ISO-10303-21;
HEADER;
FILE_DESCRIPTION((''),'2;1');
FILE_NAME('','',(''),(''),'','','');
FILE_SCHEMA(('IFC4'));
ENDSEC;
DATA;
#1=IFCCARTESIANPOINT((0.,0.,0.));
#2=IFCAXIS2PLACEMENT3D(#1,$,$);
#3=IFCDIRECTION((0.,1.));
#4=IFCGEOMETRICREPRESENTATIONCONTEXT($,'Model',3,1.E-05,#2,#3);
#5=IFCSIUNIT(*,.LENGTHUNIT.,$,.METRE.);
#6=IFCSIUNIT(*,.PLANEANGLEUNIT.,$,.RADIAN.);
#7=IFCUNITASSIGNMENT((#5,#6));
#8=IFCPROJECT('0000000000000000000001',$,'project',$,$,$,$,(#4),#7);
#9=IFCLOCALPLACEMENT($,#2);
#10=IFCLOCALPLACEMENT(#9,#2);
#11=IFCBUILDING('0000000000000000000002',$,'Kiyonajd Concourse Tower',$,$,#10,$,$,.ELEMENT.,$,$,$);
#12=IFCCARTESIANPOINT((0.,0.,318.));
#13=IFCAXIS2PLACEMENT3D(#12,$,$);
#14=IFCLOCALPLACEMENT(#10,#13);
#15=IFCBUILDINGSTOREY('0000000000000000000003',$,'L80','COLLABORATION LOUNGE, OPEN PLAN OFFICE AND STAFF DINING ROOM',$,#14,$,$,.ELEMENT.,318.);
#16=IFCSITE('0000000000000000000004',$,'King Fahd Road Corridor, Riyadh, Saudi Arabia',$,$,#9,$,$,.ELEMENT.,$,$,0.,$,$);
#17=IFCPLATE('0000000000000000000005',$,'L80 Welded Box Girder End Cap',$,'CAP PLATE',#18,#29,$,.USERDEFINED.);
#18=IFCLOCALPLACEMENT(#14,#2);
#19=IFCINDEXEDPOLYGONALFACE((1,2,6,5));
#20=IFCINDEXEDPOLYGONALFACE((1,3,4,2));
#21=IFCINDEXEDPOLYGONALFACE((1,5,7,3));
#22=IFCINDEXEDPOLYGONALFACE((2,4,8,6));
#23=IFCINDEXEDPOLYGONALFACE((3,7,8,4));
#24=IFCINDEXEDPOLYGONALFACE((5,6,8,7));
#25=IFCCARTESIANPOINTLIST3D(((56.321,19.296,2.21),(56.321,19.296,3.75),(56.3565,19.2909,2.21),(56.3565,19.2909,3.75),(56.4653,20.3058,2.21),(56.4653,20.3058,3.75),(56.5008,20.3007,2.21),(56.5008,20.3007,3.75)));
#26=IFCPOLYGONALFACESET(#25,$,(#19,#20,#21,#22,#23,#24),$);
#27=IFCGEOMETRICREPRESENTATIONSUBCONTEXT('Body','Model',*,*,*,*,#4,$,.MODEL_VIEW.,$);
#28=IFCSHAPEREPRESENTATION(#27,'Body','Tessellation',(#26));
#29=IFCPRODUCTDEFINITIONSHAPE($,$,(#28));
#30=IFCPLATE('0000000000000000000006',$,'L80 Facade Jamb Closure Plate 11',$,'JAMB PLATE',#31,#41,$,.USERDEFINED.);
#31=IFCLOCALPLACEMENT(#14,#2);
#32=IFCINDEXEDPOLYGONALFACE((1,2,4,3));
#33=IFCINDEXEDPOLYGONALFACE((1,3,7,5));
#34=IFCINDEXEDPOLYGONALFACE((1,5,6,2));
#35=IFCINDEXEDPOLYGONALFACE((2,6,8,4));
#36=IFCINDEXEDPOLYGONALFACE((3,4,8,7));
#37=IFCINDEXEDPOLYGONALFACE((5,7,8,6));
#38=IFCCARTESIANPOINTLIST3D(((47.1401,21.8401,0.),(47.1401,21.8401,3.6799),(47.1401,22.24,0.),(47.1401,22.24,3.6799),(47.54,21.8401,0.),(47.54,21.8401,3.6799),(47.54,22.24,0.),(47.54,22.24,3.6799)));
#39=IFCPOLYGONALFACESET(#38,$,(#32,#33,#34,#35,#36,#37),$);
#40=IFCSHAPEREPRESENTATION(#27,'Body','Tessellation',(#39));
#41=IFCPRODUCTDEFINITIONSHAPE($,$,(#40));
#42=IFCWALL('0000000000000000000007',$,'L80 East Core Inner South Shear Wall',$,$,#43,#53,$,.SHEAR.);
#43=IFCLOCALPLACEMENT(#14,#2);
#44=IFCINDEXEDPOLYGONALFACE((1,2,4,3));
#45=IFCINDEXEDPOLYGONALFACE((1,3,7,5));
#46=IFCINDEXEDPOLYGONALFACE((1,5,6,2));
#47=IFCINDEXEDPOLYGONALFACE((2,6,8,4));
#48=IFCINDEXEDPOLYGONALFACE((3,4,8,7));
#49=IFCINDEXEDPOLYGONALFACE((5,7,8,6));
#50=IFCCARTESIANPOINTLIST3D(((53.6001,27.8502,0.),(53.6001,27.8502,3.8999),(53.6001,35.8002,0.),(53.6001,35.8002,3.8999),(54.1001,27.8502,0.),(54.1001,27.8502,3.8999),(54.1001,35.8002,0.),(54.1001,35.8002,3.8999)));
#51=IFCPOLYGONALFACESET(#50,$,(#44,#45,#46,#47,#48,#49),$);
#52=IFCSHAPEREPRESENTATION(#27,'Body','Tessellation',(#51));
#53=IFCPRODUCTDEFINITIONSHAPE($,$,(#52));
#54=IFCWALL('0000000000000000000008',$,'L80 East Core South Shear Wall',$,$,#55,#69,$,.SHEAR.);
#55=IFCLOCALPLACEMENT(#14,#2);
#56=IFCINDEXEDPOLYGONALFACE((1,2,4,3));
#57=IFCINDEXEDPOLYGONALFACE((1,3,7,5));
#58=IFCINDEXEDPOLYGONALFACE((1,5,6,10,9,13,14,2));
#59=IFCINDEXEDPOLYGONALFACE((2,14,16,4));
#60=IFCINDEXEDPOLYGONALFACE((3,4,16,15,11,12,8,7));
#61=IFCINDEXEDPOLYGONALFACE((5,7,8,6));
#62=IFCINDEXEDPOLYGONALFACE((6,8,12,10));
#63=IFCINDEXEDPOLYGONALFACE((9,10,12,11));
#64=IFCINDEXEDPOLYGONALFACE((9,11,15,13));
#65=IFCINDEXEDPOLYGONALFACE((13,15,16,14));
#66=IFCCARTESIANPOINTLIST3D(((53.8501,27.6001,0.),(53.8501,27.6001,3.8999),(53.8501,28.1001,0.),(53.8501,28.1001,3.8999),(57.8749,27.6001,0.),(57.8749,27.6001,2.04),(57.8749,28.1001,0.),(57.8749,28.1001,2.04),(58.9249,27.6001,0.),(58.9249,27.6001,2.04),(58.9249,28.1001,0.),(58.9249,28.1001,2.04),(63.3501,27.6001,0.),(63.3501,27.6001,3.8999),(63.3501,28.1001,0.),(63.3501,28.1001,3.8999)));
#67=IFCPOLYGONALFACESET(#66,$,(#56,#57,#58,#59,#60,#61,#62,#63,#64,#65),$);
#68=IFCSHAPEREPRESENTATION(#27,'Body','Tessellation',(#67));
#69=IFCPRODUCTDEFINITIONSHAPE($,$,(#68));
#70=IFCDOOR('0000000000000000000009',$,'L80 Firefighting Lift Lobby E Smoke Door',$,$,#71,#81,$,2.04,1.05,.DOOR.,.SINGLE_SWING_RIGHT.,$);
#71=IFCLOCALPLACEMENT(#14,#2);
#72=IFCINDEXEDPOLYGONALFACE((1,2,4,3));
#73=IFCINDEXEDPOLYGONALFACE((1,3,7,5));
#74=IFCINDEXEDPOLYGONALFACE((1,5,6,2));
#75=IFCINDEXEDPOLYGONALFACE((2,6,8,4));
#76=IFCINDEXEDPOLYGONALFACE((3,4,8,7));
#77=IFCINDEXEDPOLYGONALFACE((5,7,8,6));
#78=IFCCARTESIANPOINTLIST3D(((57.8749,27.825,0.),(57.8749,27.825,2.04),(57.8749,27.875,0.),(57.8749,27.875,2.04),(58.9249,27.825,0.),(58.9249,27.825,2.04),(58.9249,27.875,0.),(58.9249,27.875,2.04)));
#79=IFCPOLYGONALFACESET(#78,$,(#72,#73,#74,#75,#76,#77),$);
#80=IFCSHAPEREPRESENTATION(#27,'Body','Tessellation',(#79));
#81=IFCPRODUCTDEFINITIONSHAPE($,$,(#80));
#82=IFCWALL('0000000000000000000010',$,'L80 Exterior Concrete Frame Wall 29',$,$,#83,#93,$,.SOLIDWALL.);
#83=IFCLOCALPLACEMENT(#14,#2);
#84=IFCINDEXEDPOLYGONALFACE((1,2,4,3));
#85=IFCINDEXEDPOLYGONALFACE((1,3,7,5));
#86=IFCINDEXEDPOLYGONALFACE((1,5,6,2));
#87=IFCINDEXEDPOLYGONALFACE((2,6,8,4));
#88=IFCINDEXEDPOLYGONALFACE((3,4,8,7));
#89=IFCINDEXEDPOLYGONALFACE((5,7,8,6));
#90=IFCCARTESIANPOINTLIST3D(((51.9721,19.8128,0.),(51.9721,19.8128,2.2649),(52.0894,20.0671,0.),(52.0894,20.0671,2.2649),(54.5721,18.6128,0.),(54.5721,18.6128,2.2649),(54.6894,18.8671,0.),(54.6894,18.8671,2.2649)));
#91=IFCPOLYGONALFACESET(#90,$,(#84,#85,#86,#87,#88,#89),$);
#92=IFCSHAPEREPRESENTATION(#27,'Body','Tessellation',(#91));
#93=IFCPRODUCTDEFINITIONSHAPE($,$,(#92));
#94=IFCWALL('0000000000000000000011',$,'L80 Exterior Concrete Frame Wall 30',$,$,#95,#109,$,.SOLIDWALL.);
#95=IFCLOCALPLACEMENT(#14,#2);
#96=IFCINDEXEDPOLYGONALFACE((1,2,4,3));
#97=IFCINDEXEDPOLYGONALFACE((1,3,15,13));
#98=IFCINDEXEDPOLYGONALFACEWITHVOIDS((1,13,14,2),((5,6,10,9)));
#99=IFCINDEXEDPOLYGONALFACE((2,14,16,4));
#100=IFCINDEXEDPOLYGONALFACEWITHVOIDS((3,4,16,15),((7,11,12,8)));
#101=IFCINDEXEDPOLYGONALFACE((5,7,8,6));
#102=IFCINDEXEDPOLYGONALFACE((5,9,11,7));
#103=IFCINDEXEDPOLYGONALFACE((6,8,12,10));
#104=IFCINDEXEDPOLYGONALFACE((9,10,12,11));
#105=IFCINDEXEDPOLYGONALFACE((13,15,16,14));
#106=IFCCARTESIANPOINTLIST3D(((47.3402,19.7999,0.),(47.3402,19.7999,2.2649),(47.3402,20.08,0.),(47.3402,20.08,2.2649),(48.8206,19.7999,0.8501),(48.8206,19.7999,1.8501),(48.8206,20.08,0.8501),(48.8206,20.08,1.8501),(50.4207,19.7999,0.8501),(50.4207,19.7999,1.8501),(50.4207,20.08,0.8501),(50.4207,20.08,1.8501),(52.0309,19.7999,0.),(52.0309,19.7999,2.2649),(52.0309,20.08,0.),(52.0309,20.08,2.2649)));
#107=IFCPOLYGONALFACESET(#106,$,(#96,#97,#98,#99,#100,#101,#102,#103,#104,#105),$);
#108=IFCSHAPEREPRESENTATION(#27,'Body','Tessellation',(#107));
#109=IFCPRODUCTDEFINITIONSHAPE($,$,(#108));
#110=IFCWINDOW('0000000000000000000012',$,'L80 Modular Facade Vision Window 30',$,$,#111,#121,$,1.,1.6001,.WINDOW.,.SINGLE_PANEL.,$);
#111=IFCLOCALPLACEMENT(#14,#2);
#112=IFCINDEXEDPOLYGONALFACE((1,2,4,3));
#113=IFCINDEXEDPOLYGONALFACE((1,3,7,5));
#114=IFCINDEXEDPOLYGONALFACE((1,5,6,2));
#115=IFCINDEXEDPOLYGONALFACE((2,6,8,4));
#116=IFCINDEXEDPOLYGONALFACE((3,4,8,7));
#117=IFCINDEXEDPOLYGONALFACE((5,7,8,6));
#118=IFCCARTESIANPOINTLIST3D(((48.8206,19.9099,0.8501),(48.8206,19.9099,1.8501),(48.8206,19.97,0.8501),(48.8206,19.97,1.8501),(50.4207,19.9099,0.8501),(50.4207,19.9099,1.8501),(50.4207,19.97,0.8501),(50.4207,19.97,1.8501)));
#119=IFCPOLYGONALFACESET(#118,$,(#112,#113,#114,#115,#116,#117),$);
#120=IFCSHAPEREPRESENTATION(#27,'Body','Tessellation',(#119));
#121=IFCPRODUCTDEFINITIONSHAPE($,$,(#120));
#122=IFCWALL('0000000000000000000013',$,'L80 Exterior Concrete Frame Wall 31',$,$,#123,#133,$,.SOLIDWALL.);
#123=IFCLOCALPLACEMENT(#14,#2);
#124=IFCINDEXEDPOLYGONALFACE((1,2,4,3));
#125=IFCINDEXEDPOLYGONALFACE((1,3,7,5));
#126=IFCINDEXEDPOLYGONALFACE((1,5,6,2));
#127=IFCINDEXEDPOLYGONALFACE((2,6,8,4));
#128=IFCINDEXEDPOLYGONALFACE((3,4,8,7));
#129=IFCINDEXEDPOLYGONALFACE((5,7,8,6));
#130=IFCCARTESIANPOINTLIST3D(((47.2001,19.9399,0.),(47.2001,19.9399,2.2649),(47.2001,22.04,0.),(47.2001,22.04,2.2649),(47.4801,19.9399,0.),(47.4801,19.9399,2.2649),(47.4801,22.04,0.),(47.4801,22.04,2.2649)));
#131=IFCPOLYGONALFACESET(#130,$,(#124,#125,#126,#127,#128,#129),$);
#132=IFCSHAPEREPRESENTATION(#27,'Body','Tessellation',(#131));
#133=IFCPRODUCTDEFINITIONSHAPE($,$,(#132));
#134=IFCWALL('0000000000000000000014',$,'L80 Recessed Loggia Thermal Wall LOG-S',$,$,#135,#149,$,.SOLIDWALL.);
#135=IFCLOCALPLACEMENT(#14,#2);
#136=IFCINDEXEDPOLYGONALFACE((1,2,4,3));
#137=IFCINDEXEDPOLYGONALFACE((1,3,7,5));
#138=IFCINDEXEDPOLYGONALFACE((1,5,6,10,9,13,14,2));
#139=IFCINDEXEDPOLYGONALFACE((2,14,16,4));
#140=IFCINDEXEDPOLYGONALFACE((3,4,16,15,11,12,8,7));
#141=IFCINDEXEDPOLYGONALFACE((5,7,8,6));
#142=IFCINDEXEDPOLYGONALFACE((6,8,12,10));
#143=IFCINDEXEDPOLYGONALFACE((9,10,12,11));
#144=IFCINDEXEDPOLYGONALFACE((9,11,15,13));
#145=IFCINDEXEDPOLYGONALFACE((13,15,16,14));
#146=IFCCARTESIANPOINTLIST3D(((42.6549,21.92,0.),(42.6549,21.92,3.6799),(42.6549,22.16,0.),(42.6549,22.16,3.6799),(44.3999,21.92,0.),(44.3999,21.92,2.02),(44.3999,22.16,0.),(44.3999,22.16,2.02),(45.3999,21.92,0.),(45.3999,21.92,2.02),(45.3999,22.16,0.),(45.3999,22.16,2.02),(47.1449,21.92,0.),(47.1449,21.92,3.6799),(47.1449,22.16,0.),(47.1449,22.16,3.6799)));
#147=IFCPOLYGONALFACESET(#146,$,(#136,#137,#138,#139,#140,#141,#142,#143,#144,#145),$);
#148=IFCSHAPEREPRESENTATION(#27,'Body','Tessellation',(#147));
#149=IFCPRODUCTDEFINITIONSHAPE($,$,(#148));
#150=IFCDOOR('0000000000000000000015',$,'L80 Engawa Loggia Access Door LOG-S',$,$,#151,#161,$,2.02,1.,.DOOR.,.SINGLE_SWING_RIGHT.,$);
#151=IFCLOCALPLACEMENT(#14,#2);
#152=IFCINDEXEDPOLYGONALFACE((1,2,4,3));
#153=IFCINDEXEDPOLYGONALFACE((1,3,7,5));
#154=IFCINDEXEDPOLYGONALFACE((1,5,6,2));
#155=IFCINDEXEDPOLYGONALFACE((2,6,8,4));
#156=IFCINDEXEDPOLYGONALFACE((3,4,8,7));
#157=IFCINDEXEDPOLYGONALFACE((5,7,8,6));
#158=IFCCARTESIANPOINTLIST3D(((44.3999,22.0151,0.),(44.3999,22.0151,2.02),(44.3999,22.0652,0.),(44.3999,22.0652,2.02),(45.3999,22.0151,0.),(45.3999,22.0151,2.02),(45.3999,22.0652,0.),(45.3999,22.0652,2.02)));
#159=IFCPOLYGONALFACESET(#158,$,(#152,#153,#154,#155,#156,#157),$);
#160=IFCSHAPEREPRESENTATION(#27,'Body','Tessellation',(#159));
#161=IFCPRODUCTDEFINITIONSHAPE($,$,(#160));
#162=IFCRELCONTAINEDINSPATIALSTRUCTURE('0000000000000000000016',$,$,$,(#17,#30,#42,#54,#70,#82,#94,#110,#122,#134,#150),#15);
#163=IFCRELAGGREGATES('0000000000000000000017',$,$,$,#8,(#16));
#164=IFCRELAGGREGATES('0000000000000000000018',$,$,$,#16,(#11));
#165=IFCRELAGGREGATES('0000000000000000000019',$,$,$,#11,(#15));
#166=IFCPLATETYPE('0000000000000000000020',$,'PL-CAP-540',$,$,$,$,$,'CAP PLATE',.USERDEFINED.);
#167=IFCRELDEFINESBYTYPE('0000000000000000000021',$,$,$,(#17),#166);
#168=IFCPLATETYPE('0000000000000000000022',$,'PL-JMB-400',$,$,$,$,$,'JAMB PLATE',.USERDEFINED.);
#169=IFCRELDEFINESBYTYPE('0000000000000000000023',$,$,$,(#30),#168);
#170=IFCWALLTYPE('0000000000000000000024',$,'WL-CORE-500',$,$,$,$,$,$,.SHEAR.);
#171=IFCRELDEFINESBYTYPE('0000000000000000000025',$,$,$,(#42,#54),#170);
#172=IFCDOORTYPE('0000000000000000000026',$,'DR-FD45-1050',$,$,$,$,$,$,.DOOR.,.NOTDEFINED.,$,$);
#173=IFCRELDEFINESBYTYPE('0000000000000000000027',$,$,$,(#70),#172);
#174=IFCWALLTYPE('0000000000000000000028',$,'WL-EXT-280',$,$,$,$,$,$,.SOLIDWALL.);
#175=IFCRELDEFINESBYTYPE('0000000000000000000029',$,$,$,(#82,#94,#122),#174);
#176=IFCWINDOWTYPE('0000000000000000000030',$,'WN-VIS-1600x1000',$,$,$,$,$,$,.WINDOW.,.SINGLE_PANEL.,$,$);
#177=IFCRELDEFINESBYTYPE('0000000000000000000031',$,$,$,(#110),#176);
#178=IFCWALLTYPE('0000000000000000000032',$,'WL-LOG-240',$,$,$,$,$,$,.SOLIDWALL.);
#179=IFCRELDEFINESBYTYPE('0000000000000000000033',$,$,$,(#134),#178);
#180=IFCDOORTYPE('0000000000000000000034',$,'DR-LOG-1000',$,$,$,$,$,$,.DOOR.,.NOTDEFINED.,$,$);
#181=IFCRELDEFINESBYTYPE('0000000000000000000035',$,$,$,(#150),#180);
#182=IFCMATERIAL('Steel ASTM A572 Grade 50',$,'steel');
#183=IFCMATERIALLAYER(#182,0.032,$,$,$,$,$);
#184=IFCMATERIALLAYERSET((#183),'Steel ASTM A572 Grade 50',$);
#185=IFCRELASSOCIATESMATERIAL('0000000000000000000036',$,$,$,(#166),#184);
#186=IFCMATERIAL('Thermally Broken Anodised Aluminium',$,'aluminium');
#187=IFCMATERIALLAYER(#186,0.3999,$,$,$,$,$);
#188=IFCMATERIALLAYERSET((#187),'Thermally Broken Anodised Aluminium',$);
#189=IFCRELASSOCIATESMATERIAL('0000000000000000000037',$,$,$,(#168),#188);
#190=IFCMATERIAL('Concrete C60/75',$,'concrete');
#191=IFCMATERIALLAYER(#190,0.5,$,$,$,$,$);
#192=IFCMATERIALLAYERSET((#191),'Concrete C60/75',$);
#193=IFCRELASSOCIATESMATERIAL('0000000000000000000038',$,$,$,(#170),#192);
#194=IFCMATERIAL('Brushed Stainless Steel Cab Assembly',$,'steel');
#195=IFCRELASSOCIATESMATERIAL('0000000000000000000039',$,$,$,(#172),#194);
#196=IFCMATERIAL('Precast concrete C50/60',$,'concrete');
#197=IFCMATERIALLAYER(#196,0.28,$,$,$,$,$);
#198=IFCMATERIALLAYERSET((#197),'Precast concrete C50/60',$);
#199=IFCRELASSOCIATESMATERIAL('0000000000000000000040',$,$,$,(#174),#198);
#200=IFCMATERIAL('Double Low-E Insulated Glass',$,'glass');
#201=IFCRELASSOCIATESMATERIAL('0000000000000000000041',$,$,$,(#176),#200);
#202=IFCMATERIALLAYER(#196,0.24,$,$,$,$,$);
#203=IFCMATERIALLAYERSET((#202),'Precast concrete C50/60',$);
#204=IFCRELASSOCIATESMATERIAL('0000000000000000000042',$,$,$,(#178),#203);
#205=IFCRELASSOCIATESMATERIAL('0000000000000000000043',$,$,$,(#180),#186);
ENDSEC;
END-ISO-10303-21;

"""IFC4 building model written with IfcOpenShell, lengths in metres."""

from ifc_helpers import new_model, si_unit, direction, frame, frame_2d, origin, origin_2d, place, context, subcontext, project, spatial, rectangle, extrude, material, layer, layer_set, type_object, element, fill, save


model = new_model("IFC4")

# Units and contexts
model_context = context("Model", 3, precision=1e-05, world=origin(), true_north=direction((0.0, 1.0)))
body_context = subcontext(model_context, "Body", "Model", "MODEL_VIEW")
ifc_project = project(units=[si_unit("LENGTHUNIT", "METRE"), si_unit("PLANEANGLEUNIT", "RADIAN")], contexts=[model_context])

# Site, building, storey
site_placement = place(None, origin())
site = spatial("IfcSite", under=ifc_project, at=site_placement, Name="King Fahd Road Corridor, Riyadh, Saudi Arabia", CompositionType="ELEMENT", RefElevation=0.0)
building_placement = place(site_placement, origin())
building = spatial("IfcBuilding", under=site, at=building_placement, Name="Kiyonajd Concourse Tower", CompositionType="ELEMENT")
storey_placement = place(building_placement, frame((0.0, 0.0, 318.0)))
storey = spatial("IfcBuildingStorey", under=building, at=storey_placement, Name="L80", Description="COLLABORATION LOUNGE, OPEN PLAN OFFICE AND STAFF DINING ROOM", CompositionType="ELEMENT", Elevation=318.0)

# Shared definitions
ifc_material_1 = material(Name="Concrete C60/75", Category="concrete")

# Shared definitions
ifc_material_2 = material(Name="Steel ASTM A572 Grade 50", Category="steel")

# Plates
ifc_layer_1 = layer(ifc_material_2, 0.032)
ifc_layer_set_1 = layer_set([ifc_layer_1], Name="Steel ASTM A572 Grade 50")
plate_type_1 = type_object("IfcPlateType", Name="PL-CAP-540", ElementType="CAP PLATE", PredefinedType="USERDEFINED", material=ifc_layer_set_1)
for number, where, z_axis, x_axis, name in (
    (1, (56.4109, 19.7983, 2.21), (0.0, 0.0, 1.0), (0.98995, -0.14142, 0.0), "L80 Welded Box Girder End Cap"),
):
    element("IfcPlate", number, at=place(storey_placement, frame(where, z_axis=z_axis, x_axis=x_axis)), inside=storey, type_object=plate_type_1, Name=name, ObjectType="CAP PLATE", PredefinedType="USERDEFINED", context=body_context, shape_type="SweptSolid", body=[
        extrude(rectangle(XDim=0.0359, YDim=1.02, at=origin_2d()), origin(), (0.0, 0.0, 1.0), 1.54),
    ])
ifc_material_3 = material(Name="Thermally Broken Anodised Aluminium", Category="aluminium")
ifc_layer_2 = layer(ifc_material_3, 0.3999)
ifc_layer_set_2 = layer_set([ifc_layer_2], Name="Thermally Broken Anodised Aluminium")
plate_type_2 = type_object("IfcPlateType", Name="PL-JMB-400", ElementType="JAMB PLATE", PredefinedType="USERDEFINED", material=ifc_layer_set_2)
plate_placement = place(storey_placement, frame((47.3401, 22.04, 0.0), z_axis=(0.0, 0.0, 1.0), x_axis=(1.0, 0.0, 0.0)))
element("IfcPlate", 2, at=plate_placement, inside=storey, type_object=plate_type_2, Name="L80 Facade Jamb Closure Plate 11", ObjectType="JAMB PLATE", PredefinedType="USERDEFINED", context=body_context, shape_type="SweptSolid", body=[
    extrude(rectangle(XDim=0.3999, YDim=0.3999, at=origin_2d()), origin(), (0.0, 0.0, 1.0), 3.6799),
])

# Wall
ifc_layer_3 = layer(ifc_material_1, 0.5)
ifc_layer_set_3 = layer_set([ifc_layer_3], Name="Concrete C60/75")
wall_type_1 = type_object("IfcWallType", Name="WL-CORE-500", PredefinedType="SHEAR", material=ifc_layer_set_3)
wall_1_placement = place(storey_placement, frame((53.8501, 27.8501, 0.0), z_axis=(0.0, 0.0, 1.0), x_axis=(0.0, 1.0, 0.0)))
element("IfcWall", 3, at=wall_1_placement, inside=storey, type_object=wall_type_1, Name="L80 East Core Inner South Shear Wall", PredefinedType="SHEAR", context=body_context, shape_type="SweptSolid", body=[
    extrude(rectangle(XDim=7.95, YDim=0.5, at=frame_2d((3.9751, 0.0))), origin(), (0.0, 0.0, 1.0), 3.8999),
])

# Wall, opening, door
wall_2_placement = place(storey_placement, frame((53.8501, 27.8501, 0.0), z_axis=(0.0, 0.0, 1.0), x_axis=(1.0, 0.0, 0.0)))
wall_2 = element("IfcWall", 4, at=wall_2_placement, inside=storey, type_object=wall_type_1, Name="L80 East Core South Shear Wall", PredefinedType="SHEAR", context=body_context, shape_type="SweptSolid", body=[
    extrude(rectangle(XDim=9.5, YDim=0.5, at=frame_2d((4.75, 0.0))), origin(), (0.0, 0.0, 1.0), 3.8999),
])
opening_1_placement = place(wall_2_placement, frame((4.0249, 0.0, 0.0)))
opening_1 = element("IfcOpeningElement", 5, at=opening_1_placement, cuts=wall_2, PredefinedType="OPENING", context=body_context, shape_type="SweptSolid", body=[
    extrude(rectangle(XDim=1.05, YDim=2.04, at=frame_2d((0.5249, 1.02))), frame((0.0, 0.26, 0.0), z_axis=(0.0, -1.0, 0.0), x_axis=(1.0, 0.0, 0.0)), (0.0, 0.0, 1.0), 0.52),
])
ifc_material_4 = material(Name="Brushed Stainless Steel Cab Assembly", Category="steel")
door_type_1 = type_object("IfcDoorType", Name="DR-FD45-1050", OperationType="NOTDEFINED", PredefinedType="DOOR", material=ifc_material_4)
door_1_placement = place(opening_1_placement, origin())
door_1 = element("IfcDoor", 6, at=door_1_placement, inside=storey, type_object=door_type_1, Name="L80 Firefighting Lift Lobby E Smoke Door", OperationType="SINGLE_SWING_RIGHT", OverallHeight=2.04, OverallWidth=1.05, PredefinedType="DOOR", context=body_context, shape_type="SweptSolid", body=[
    extrude(rectangle(XDim=1.05, YDim=2.04, at=frame_2d((0.5249, 1.02))), frame((0.0, 0.0249, 0.0), z_axis=(0.0, -1.0, 0.0), x_axis=(1.0, 0.0, 0.0)), (0.0, 0.0, 1.0), 0.05),
])
fill(opening_1, door_1)

# Wall
ifc_material_5 = material(Name="Precast concrete C50/60", Category="concrete")
ifc_layer_4 = layer(ifc_material_5, 0.28)
ifc_layer_set_4 = layer_set([ifc_layer_4], Name="Precast concrete C50/60")
wall_type_2 = type_object("IfcWallType", Name="WL-EXT-280", PredefinedType="SOLIDWALL", material=ifc_layer_set_4)
wall_3_placement = place(storey_placement, frame((54.6306, 18.74, 0.0), z_axis=(0.0, 0.0, 1.0), x_axis=(-0.907957, 0.419064, 0.0)))
element("IfcWall", 7, at=wall_3_placement, inside=storey, type_object=wall_type_2, Name="L80 Exterior Concrete Frame Wall 29", PredefinedType="SOLIDWALL", context=body_context, shape_type="SweptSolid", body=[
    extrude(rectangle(XDim=2.8635, YDim=0.28, at=frame_2d((1.4316, 0.0))), origin(), (0.0, 0.0, 1.0), 2.2649),
])

# Wall, opening, window
wall_4_placement = place(storey_placement, frame((52.0308, 19.9399, 0.0), z_axis=(0.0, 0.0, 1.0), x_axis=(-1.0, 0.0, 0.0)))
wall_4 = element("IfcWall", 8, at=wall_4_placement, inside=storey, type_object=wall_type_2, Name="L80 Exterior Concrete Frame Wall 30", PredefinedType="SOLIDWALL", context=body_context, shape_type="SweptSolid", body=[
    extrude(rectangle(XDim=4.6907, YDim=0.28, at=frame_2d((2.3452, 0.0))), origin(), (0.0, 0.0, 1.0), 2.2649),
])
opening_2_placement = place(wall_4_placement, frame((1.6101, 0.0, 0.8501)))
opening_2 = element("IfcOpeningElement", 9, at=opening_2_placement, cuts=wall_4, PredefinedType="OPENING", context=body_context, shape_type="SweptSolid", body=[
    extrude(rectangle(XDim=1.6001, YDim=1.0, at=frame_2d((0.8, 0.5))), frame((0.0, 0.1499, 0.0), z_axis=(0.0, -1.0, 0.0), x_axis=(1.0, 0.0, 0.0)), (0.0, 0.0, 1.0), 0.3),
])
ifc_material_6 = material(Name="Double Low-E Insulated Glass", Category="glass")
window_type = type_object("IfcWindowType", Name="WN-VIS-1600x1000", PartitioningType="SINGLE_PANEL", PredefinedType="WINDOW", material=ifc_material_6)
window_placement = place(opening_2_placement, origin())
window = element("IfcWindow", 10, at=window_placement, inside=storey, type_object=window_type, Name="L80 Modular Facade Vision Window 30", OverallHeight=1.0, OverallWidth=1.6001, PartitioningType="SINGLE_PANEL", PredefinedType="WINDOW", context=body_context, shape_type="SweptSolid", body=[
    extrude(rectangle(XDim=1.6001, YDim=1.0, at=frame_2d((0.8, 0.5))), frame((0.0, 0.03, 0.0), z_axis=(0.0, -1.0, 0.0), x_axis=(1.0, 0.0, 0.0)), (0.0, 0.0, 1.0), 0.0601),
])
fill(opening_2, window)

# Wall
wall_5_placement = place(storey_placement, frame((47.3401, 19.9399, 0.0), z_axis=(0.0, 0.0, 1.0), x_axis=(0.0, 1.0, 0.0)))
element("IfcWall", 11, at=wall_5_placement, inside=storey, type_object=wall_type_2, Name="L80 Exterior Concrete Frame Wall 31", PredefinedType="SOLIDWALL", context=body_context, shape_type="SweptSolid", body=[
    extrude(rectangle(XDim=2.1001, YDim=0.28, at=frame_2d((1.05, 0.0))), origin(), (0.0, 0.0, 1.0), 2.2649),
])

# Wall, opening, door
ifc_layer_5 = layer(ifc_material_5, 0.24)
ifc_layer_set_5 = layer_set([ifc_layer_5], Name="Precast concrete C50/60")
wall_type_3 = type_object("IfcWallType", Name="WL-LOG-240", PredefinedType="SOLIDWALL", material=ifc_layer_set_5)
wall_6_placement = place(storey_placement, frame((47.145, 22.04, 0.0), z_axis=(0.0, 0.0, 1.0), x_axis=(-1.0, 0.0, 0.0)))
wall_6 = element("IfcWall", 12, at=wall_6_placement, inside=storey, type_object=wall_type_3, Name="L80 Recessed Loggia Thermal Wall LOG-S", PredefinedType="SOLIDWALL", context=body_context, shape_type="SweptSolid", body=[
    extrude(rectangle(XDim=4.49, YDim=0.24, at=frame_2d((2.2451, 0.0))), origin(), (0.0, 0.0, 1.0), 3.6799),
])
opening_3_placement = place(wall_6_placement, frame((1.7451, 0.0, 0.0)))
opening_3 = element("IfcOpeningElement", 13, at=opening_3_placement, cuts=wall_6, PredefinedType="OPENING", context=body_context, shape_type="SweptSolid", body=[
    extrude(rectangle(XDim=1.0, YDim=2.02, at=frame_2d((0.5, 1.01))), frame((0.0, 0.1299, 0.0), z_axis=(0.0, -1.0, 0.0), x_axis=(1.0, 0.0, 0.0)), (0.0, 0.0, 1.0), 0.26),
])
door_type_2 = type_object("IfcDoorType", Name="DR-LOG-1000", OperationType="NOTDEFINED", PredefinedType="DOOR", material=ifc_material_3)
door_2_placement = place(opening_3_placement, origin())
door_2 = element("IfcDoor", 14, at=door_2_placement, inside=storey, type_object=door_type_2, Name="L80 Engawa Loggia Access Door LOG-S", OperationType="SINGLE_SWING_RIGHT", OverallHeight=2.02, OverallWidth=1.0, PredefinedType="DOOR", context=body_context, shape_type="SweptSolid", body=[
    extrude(rectangle(XDim=1.0, YDim=2.02, at=frame_2d((0.5, 1.01))), frame((0.0, 0.0249, 0.0), z_axis=(0.0, -1.0, 0.0), x_axis=(1.0, 0.0, 0.0)), (0.0, 0.0, 1.0), 0.05),
])
fill(opening_3, door_2)

save(model, "model.ifc")
